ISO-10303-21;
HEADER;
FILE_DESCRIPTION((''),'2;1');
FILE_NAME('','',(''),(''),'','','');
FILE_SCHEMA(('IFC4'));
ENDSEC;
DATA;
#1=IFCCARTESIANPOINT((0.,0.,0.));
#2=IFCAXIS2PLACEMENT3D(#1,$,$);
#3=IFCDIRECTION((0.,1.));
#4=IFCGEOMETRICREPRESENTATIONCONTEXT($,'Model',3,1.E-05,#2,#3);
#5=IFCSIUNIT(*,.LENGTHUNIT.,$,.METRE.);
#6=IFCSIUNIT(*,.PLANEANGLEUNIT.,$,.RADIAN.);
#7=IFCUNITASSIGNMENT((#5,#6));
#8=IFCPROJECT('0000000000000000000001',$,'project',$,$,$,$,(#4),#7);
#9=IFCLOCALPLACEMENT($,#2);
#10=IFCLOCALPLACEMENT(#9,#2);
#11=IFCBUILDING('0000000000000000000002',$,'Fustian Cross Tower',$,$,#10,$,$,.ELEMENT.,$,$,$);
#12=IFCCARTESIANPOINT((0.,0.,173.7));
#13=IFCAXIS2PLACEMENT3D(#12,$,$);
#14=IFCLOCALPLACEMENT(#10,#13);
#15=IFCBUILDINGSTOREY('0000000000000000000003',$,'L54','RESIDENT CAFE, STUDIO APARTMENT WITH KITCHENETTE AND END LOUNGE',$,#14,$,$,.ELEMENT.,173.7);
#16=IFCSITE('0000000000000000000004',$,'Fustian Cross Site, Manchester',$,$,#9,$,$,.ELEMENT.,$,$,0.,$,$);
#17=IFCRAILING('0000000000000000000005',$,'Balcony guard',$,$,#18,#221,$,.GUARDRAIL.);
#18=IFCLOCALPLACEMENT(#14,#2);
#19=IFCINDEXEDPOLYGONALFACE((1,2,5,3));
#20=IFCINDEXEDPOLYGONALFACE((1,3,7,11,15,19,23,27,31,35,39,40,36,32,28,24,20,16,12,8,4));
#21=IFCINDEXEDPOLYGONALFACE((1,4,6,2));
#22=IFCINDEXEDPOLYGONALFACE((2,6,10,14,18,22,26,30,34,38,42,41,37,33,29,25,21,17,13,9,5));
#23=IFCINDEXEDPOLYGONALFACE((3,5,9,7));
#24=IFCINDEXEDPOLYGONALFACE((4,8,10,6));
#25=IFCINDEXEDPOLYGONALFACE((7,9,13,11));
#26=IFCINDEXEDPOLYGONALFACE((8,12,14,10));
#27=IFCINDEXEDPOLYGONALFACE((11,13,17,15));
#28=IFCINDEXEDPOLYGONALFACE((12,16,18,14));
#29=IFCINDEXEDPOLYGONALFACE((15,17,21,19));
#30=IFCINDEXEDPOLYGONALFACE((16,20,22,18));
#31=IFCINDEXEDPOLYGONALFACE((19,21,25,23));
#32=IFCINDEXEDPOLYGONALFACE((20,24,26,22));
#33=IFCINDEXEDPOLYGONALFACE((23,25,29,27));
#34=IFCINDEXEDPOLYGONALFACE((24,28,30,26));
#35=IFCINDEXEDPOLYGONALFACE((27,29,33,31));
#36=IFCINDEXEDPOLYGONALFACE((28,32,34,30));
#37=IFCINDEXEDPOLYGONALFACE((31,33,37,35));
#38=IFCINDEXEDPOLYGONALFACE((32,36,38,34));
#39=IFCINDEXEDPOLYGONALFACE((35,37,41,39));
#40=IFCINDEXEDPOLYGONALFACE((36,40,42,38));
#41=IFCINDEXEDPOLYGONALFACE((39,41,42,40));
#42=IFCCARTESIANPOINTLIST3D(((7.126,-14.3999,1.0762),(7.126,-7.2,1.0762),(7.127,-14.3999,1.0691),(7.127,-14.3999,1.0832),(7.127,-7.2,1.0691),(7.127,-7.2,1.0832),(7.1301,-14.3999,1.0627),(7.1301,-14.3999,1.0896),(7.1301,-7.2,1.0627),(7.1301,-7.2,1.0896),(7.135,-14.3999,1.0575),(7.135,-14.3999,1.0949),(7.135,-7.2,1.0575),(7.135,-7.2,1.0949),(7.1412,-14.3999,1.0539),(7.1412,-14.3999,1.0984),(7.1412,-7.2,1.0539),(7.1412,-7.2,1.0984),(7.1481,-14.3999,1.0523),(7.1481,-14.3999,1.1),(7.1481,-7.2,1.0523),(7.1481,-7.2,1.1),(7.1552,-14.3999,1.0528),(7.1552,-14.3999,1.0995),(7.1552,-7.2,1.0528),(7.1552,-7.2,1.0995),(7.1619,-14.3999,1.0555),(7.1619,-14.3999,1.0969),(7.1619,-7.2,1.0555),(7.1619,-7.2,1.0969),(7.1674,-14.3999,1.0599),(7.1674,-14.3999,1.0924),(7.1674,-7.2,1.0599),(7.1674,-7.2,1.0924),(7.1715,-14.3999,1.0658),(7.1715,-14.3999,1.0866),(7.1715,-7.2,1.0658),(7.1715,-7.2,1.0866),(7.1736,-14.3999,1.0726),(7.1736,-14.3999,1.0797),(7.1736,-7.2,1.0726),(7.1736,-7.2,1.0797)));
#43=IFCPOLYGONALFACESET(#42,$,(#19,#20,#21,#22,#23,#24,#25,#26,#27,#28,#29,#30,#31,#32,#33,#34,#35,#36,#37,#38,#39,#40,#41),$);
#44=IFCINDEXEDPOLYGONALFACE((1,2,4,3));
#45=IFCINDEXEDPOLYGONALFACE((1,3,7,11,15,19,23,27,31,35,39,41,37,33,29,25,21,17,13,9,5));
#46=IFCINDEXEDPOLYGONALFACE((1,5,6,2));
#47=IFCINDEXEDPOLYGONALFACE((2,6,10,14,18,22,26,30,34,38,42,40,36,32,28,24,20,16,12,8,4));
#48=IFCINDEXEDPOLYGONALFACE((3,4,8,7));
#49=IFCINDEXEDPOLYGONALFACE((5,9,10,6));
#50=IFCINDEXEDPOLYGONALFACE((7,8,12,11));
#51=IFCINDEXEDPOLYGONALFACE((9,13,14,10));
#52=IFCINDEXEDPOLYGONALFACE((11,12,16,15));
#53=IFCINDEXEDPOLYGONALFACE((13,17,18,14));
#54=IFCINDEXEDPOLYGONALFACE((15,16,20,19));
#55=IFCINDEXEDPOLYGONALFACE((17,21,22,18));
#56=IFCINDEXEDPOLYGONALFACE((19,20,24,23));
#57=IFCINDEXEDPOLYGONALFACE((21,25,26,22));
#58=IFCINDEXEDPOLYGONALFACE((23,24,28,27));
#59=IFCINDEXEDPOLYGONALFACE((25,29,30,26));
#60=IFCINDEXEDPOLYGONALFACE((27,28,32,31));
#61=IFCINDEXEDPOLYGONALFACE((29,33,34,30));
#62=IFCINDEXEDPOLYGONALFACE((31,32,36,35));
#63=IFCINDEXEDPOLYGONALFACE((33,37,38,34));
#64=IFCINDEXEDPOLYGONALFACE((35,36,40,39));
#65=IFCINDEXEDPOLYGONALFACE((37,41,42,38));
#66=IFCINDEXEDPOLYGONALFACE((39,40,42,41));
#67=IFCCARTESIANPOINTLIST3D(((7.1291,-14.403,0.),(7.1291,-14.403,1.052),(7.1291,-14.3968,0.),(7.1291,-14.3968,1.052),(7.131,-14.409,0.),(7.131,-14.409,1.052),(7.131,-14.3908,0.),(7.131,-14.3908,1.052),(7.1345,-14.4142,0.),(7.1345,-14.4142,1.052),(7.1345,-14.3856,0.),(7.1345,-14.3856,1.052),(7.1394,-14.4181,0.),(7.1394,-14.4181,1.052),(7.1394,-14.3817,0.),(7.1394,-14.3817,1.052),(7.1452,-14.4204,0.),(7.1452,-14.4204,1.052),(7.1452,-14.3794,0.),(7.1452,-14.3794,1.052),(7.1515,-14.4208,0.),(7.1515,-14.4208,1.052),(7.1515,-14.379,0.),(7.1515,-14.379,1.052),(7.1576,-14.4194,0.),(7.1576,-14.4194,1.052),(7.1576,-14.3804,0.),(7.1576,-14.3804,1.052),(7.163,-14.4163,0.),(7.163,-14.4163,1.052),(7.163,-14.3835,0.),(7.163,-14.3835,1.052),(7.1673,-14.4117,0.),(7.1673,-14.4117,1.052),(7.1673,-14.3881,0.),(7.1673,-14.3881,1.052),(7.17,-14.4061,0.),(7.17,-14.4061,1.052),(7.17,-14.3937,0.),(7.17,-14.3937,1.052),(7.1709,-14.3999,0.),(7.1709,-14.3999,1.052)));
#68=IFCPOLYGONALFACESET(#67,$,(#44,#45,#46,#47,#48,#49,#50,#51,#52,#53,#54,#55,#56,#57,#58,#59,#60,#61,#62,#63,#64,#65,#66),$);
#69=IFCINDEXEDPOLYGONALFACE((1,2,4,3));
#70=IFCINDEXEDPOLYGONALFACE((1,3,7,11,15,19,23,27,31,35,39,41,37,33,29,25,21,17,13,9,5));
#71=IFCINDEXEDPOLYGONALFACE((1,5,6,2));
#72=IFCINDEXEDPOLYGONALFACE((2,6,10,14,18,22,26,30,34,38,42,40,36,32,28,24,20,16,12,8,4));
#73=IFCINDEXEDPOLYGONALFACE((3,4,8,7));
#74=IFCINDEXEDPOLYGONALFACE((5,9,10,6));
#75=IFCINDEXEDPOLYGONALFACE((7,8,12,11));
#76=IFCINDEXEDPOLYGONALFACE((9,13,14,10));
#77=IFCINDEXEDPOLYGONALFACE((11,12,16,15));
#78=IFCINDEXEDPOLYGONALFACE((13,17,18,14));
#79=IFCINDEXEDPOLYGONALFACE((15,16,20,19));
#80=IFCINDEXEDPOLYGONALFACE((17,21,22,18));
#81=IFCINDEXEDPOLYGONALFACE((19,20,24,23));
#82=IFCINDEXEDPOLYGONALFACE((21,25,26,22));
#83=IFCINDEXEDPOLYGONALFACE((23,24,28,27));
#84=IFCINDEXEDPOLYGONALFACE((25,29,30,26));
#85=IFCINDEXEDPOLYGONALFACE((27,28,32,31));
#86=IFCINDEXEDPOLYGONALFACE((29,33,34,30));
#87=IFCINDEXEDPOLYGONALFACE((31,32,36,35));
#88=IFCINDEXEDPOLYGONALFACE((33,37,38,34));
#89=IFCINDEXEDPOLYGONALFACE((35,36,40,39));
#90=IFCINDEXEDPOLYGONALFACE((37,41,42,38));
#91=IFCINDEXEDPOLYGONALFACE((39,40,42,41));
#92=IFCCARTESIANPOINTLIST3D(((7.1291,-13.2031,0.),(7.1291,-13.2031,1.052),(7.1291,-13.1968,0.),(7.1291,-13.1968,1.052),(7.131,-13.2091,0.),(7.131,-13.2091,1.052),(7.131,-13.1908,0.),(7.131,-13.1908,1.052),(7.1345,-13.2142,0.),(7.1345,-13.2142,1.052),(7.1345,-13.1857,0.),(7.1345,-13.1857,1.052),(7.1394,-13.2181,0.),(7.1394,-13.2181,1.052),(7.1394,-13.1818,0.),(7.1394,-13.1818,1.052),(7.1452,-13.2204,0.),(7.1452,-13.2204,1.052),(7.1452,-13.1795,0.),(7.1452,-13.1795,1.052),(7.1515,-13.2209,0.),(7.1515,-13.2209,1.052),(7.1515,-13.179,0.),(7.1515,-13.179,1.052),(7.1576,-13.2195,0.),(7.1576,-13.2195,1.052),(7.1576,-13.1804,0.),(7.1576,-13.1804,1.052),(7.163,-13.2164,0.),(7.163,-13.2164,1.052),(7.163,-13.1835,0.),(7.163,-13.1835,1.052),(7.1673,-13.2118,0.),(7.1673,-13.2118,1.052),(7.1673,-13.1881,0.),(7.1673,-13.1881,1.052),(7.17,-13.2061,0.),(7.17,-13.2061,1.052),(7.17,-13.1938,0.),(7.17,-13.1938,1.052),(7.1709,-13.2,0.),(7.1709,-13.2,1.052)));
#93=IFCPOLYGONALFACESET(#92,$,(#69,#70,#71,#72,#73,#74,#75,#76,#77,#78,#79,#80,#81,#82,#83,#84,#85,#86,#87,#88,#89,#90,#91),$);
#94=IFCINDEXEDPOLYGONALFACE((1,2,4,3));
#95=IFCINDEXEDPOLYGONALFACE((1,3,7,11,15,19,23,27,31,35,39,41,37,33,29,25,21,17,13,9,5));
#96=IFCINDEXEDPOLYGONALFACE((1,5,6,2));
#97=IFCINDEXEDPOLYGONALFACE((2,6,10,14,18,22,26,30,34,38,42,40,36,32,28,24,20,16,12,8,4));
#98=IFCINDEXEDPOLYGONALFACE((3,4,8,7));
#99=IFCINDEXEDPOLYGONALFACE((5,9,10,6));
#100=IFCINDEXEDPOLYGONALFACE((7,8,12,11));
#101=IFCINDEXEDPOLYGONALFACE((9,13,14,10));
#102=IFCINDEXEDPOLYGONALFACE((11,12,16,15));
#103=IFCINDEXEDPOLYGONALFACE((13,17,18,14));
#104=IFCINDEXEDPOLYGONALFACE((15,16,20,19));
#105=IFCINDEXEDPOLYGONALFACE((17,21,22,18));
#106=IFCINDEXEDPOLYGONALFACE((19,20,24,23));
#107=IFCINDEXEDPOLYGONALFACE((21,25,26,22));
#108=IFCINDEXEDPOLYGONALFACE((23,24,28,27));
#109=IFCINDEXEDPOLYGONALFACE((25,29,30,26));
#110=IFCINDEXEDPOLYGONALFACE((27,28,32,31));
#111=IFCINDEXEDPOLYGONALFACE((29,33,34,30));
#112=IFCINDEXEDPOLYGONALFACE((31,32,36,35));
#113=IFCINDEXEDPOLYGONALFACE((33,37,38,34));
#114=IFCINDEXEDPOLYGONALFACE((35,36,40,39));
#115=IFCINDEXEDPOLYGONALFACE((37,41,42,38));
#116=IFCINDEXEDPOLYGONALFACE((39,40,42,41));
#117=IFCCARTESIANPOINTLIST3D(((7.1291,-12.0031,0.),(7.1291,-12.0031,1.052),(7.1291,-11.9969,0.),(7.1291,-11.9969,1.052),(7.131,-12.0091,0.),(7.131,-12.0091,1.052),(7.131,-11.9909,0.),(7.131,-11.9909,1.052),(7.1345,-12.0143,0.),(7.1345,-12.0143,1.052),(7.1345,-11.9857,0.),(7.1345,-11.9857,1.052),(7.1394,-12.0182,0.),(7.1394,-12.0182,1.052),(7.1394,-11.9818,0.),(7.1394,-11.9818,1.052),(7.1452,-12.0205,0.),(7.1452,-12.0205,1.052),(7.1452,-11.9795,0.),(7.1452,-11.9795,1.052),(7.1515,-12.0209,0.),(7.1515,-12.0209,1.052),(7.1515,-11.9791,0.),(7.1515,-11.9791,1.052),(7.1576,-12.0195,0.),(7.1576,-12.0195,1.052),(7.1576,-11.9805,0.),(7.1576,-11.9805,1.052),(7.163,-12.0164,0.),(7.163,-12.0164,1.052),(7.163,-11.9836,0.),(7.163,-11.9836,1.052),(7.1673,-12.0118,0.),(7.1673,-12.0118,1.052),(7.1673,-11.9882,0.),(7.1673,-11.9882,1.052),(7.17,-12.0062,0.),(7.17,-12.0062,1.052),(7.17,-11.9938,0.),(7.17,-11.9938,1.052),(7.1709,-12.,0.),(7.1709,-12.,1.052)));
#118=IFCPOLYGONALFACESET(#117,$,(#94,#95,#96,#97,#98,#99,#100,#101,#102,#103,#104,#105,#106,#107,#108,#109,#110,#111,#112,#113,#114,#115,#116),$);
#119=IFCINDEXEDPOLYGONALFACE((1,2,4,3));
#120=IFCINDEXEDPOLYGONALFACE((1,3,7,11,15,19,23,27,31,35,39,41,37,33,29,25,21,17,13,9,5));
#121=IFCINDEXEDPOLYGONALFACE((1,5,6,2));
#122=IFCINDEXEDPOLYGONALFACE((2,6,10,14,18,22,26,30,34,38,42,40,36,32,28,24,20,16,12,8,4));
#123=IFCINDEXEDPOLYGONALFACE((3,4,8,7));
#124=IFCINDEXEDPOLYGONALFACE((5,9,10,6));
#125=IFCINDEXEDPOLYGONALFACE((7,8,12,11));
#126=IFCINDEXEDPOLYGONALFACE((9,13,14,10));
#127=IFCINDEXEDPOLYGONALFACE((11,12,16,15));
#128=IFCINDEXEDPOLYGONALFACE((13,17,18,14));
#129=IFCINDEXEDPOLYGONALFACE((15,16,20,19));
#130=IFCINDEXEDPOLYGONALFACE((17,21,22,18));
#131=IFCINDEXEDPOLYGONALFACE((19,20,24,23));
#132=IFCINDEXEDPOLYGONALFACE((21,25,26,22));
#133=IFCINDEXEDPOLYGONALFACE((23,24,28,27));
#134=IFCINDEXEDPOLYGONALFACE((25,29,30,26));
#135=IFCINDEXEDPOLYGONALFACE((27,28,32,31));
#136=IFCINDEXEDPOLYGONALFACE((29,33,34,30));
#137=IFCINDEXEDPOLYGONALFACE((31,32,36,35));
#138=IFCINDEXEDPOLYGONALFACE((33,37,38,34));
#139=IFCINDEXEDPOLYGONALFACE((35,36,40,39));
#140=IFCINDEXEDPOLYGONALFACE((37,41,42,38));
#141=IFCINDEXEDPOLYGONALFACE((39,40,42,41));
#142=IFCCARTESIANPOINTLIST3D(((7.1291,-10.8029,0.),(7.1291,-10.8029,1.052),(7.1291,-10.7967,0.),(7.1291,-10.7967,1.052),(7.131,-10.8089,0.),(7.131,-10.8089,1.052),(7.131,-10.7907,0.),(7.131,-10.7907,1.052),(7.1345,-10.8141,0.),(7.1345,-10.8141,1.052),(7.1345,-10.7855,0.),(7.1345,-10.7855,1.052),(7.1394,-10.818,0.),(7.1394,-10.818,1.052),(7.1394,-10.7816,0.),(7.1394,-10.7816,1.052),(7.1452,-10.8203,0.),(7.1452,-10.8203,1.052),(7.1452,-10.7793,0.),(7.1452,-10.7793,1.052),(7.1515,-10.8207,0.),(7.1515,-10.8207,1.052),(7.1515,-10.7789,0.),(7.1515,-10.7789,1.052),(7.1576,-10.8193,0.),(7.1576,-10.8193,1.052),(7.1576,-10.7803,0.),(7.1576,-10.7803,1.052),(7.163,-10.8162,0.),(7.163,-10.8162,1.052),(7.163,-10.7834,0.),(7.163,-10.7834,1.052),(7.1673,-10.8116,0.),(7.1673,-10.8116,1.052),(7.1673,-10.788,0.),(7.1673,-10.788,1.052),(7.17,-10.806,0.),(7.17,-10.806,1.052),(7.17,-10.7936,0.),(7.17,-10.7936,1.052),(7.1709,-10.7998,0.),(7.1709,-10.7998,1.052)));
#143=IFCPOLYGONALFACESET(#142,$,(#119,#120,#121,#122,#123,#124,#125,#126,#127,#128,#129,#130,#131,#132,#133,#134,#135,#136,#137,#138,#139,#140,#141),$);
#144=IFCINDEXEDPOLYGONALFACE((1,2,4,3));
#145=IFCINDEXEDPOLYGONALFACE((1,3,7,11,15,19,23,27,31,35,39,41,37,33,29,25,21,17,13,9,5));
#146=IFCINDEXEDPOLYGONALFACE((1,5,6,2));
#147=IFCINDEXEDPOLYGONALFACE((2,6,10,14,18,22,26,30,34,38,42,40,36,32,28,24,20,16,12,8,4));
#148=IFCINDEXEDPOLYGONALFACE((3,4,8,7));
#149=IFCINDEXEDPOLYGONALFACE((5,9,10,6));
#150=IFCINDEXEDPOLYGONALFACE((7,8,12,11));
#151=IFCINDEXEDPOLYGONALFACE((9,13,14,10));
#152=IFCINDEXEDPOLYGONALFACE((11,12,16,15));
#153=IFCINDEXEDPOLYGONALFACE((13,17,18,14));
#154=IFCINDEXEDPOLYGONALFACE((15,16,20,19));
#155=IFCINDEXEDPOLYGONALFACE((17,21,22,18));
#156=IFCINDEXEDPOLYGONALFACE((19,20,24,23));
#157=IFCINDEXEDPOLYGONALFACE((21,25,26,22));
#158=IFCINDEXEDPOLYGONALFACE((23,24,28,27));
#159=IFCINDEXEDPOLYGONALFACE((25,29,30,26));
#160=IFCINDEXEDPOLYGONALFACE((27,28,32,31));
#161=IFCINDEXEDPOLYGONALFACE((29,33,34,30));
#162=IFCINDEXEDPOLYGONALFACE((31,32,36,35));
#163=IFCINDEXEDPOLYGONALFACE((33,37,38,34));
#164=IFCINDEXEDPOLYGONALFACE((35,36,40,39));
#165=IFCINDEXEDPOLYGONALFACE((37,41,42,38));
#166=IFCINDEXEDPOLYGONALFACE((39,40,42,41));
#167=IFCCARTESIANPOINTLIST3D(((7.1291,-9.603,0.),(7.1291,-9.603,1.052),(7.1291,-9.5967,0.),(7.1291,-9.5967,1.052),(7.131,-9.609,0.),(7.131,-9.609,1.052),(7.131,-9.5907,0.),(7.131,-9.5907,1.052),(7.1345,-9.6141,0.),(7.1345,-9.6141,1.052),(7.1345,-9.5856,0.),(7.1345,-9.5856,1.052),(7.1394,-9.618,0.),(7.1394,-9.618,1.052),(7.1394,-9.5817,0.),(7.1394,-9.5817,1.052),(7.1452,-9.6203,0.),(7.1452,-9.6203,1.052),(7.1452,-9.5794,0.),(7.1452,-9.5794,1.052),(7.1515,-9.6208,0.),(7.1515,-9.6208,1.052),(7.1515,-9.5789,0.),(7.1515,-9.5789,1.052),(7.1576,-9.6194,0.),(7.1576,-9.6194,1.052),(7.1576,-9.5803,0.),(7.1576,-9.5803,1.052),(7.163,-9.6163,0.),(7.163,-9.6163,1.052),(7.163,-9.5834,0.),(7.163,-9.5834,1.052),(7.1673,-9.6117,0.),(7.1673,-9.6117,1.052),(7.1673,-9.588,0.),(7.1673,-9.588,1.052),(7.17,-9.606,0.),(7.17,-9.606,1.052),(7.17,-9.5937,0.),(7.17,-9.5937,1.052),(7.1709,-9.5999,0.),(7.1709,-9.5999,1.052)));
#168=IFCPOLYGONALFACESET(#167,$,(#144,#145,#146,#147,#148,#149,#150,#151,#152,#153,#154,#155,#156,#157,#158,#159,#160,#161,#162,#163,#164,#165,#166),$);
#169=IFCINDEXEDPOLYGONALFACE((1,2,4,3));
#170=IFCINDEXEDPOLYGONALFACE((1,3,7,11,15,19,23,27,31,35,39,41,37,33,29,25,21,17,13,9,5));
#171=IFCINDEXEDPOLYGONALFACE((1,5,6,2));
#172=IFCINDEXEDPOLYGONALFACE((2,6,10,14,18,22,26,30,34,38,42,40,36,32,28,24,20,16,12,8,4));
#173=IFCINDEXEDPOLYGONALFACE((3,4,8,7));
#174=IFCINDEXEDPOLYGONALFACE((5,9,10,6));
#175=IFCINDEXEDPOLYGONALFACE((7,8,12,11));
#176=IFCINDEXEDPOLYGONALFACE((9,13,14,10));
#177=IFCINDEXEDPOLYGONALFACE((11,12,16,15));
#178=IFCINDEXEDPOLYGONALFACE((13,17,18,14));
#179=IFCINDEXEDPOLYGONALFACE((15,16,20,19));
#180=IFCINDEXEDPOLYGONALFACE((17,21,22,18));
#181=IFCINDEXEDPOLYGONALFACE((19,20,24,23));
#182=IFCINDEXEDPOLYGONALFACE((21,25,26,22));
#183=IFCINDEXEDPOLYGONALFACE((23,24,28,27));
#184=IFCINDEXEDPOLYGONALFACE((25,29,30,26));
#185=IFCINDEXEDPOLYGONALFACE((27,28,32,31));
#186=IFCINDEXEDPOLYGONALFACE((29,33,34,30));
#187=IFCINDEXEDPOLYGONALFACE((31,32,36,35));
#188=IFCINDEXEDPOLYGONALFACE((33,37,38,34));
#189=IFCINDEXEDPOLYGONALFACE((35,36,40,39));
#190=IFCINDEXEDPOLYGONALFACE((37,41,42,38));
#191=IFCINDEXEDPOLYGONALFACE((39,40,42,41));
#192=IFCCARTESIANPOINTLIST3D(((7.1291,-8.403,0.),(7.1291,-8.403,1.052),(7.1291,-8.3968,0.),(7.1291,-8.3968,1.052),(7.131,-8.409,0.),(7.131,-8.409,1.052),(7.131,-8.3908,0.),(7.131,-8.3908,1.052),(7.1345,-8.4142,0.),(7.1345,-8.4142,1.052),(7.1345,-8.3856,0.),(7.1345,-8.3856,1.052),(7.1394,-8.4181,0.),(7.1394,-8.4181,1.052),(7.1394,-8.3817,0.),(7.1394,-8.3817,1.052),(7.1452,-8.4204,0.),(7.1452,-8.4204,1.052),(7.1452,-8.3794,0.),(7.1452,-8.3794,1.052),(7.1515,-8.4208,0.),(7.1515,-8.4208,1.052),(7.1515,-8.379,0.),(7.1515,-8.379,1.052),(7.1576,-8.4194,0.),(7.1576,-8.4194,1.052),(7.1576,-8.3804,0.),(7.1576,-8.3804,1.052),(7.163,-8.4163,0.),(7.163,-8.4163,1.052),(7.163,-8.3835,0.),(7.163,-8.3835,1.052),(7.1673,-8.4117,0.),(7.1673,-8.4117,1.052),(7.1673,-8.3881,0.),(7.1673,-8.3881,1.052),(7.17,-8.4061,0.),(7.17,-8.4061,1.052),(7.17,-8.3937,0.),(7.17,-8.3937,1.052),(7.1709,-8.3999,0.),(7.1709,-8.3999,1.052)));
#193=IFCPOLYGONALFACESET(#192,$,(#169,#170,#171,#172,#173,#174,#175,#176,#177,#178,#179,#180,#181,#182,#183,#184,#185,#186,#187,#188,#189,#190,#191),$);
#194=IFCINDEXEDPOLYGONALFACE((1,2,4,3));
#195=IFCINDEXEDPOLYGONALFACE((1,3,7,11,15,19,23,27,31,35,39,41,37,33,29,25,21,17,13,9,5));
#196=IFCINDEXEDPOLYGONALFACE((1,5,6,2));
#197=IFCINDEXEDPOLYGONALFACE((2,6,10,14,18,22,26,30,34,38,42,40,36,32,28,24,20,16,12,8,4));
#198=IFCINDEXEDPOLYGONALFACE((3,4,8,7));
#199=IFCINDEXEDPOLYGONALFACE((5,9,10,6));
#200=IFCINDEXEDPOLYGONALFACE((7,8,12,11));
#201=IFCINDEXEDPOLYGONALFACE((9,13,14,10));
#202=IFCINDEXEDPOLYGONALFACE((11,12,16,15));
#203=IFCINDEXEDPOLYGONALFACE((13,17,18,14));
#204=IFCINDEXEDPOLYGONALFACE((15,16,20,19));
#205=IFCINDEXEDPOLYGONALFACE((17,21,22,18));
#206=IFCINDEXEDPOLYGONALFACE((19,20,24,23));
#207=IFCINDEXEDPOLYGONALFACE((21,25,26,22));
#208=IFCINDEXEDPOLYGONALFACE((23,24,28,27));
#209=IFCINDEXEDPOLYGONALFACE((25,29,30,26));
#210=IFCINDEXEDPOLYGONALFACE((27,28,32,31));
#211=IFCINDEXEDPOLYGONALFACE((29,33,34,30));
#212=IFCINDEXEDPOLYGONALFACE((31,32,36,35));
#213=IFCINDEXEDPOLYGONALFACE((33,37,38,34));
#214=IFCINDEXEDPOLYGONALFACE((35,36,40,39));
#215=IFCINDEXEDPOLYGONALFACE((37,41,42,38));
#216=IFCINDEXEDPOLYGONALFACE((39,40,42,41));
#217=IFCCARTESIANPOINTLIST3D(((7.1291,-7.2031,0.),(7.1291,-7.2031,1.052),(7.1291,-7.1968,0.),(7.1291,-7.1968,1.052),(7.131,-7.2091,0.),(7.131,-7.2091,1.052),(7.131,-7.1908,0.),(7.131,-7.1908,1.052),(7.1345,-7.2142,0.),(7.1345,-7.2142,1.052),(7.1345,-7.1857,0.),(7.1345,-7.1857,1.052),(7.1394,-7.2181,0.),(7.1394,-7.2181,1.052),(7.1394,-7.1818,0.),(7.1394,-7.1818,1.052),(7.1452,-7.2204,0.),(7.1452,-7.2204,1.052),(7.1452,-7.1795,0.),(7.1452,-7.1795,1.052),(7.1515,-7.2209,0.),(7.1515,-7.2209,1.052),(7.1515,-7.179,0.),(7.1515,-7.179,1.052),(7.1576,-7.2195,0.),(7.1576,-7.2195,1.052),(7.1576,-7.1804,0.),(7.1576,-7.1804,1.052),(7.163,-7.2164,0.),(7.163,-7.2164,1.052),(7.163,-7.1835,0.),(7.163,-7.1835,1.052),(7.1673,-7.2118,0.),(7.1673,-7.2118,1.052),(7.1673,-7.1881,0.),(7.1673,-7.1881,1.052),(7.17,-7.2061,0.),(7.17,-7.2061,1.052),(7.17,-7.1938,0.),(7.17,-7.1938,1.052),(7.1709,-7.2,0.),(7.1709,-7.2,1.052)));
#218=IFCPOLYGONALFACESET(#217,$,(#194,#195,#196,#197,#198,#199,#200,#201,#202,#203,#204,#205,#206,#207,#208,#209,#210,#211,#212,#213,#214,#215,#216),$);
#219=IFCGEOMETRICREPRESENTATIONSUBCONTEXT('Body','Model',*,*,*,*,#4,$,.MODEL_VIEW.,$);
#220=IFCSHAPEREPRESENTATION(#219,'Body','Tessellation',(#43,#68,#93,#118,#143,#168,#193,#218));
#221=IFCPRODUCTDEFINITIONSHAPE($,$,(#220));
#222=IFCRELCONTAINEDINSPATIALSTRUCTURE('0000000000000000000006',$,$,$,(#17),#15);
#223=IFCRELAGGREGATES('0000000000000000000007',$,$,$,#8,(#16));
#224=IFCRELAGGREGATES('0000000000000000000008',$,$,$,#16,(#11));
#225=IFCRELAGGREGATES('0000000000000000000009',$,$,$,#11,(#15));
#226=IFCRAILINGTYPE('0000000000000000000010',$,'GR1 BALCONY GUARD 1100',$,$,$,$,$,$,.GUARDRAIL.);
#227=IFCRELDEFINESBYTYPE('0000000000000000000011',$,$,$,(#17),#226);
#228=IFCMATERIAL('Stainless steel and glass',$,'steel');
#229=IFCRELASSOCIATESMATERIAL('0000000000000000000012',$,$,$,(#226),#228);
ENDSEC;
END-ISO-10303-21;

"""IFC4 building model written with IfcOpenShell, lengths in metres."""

from ifc_helpers import new_model, si_unit, direction, frame, origin, origin_2d, place, context, subcontext, project, spatial, circle, extrude, material, type_object, element, save


model = new_model("IFC4")

# Units and contexts
model_context = context("Model", 3, precision=1e-05, world=origin(), true_north=direction((0.0, 1.0)))
body_context = subcontext(model_context, "Body", "Model", "MODEL_VIEW")
ifc_project = project(units=[si_unit("LENGTHUNIT", "METRE"), si_unit("PLANEANGLEUNIT", "RADIAN")], contexts=[model_context])

# Site, building, storey
site_placement = place(None, origin())
site = spatial("IfcSite", under=ifc_project, at=site_placement, Name="Fustian Cross Site, Manchester", CompositionType="ELEMENT", RefElevation=0.0)
building_placement = place(site_placement, origin())
building = spatial("IfcBuilding", under=site, at=building_placement, Name="Fustian Cross Tower", CompositionType="ELEMENT")
storey_placement = place(building_placement, frame((0.0, 0.0, 173.7)))
storey = spatial("IfcBuildingStorey", under=building, at=storey_placement, Name="L54", Description="RESIDENT CAFE, STUDIO APARTMENT WITH KITCHENETTE AND END LOUNGE", CompositionType="ELEMENT", Elevation=173.7)

# Railing
ifc_material_1 = material(Name="Stainless steel and glass", Category="steel")
railing_type_1 = type_object("IfcRailingType", Name="GR1 BALCONY GUARD 1100", PredefinedType="GUARDRAIL", material=ifc_material_1)
railing_1_placement = place(storey_placement, frame((7.1499, -14.3999, 0.0)))
element("IfcRailing", 1, at=railing_1_placement, inside=storey, type_object=railing_type_1, Name="Balcony guard", PredefinedType="GUARDRAIL", context=body_context, shape_type="SweptSolid", body=[
    extrude(circle(Radius=0.0239, at=origin_2d()), frame((0.0, 0.0, 1.0762), z_axis=(0.0, 1.0, 0.0), x_axis=(-1.0, 0.0, 0.0)), (0.0, 0.0, 1.0), 7.2),
    extrude(circle(Radius=0.021, at=origin_2d()), origin(), (0.0, 0.0, 1.0), 1.052),
    extrude(circle(Radius=0.021, at=origin_2d()), frame((0.0, 1.2, 0.0)), (0.0, 0.0, 1.0), 1.052),
    extrude(circle(Radius=0.021, at=origin_2d()), frame((0.0, 2.3999, 0.0)), (0.0, 0.0, 1.0), 1.052),
    extrude(circle(Radius=0.021, at=origin_2d()), frame((0.0, 3.6001, 0.0)), (0.0, 0.0, 1.0), 1.052),
    extrude(circle(Radius=0.021, at=origin_2d()), frame((0.0, 4.8, 0.0)), (0.0, 0.0, 1.0), 1.052),
    extrude(circle(Radius=0.021, at=origin_2d()), frame((0.0, 6.0, 0.0)), (0.0, 0.0, 1.0), 1.052),
    extrude(circle(Radius=0.021, at=origin_2d()), frame((0.0, 7.2, 0.0)), (0.0, 0.0, 1.0), 1.052),
])

save(model, "model.ifc")
